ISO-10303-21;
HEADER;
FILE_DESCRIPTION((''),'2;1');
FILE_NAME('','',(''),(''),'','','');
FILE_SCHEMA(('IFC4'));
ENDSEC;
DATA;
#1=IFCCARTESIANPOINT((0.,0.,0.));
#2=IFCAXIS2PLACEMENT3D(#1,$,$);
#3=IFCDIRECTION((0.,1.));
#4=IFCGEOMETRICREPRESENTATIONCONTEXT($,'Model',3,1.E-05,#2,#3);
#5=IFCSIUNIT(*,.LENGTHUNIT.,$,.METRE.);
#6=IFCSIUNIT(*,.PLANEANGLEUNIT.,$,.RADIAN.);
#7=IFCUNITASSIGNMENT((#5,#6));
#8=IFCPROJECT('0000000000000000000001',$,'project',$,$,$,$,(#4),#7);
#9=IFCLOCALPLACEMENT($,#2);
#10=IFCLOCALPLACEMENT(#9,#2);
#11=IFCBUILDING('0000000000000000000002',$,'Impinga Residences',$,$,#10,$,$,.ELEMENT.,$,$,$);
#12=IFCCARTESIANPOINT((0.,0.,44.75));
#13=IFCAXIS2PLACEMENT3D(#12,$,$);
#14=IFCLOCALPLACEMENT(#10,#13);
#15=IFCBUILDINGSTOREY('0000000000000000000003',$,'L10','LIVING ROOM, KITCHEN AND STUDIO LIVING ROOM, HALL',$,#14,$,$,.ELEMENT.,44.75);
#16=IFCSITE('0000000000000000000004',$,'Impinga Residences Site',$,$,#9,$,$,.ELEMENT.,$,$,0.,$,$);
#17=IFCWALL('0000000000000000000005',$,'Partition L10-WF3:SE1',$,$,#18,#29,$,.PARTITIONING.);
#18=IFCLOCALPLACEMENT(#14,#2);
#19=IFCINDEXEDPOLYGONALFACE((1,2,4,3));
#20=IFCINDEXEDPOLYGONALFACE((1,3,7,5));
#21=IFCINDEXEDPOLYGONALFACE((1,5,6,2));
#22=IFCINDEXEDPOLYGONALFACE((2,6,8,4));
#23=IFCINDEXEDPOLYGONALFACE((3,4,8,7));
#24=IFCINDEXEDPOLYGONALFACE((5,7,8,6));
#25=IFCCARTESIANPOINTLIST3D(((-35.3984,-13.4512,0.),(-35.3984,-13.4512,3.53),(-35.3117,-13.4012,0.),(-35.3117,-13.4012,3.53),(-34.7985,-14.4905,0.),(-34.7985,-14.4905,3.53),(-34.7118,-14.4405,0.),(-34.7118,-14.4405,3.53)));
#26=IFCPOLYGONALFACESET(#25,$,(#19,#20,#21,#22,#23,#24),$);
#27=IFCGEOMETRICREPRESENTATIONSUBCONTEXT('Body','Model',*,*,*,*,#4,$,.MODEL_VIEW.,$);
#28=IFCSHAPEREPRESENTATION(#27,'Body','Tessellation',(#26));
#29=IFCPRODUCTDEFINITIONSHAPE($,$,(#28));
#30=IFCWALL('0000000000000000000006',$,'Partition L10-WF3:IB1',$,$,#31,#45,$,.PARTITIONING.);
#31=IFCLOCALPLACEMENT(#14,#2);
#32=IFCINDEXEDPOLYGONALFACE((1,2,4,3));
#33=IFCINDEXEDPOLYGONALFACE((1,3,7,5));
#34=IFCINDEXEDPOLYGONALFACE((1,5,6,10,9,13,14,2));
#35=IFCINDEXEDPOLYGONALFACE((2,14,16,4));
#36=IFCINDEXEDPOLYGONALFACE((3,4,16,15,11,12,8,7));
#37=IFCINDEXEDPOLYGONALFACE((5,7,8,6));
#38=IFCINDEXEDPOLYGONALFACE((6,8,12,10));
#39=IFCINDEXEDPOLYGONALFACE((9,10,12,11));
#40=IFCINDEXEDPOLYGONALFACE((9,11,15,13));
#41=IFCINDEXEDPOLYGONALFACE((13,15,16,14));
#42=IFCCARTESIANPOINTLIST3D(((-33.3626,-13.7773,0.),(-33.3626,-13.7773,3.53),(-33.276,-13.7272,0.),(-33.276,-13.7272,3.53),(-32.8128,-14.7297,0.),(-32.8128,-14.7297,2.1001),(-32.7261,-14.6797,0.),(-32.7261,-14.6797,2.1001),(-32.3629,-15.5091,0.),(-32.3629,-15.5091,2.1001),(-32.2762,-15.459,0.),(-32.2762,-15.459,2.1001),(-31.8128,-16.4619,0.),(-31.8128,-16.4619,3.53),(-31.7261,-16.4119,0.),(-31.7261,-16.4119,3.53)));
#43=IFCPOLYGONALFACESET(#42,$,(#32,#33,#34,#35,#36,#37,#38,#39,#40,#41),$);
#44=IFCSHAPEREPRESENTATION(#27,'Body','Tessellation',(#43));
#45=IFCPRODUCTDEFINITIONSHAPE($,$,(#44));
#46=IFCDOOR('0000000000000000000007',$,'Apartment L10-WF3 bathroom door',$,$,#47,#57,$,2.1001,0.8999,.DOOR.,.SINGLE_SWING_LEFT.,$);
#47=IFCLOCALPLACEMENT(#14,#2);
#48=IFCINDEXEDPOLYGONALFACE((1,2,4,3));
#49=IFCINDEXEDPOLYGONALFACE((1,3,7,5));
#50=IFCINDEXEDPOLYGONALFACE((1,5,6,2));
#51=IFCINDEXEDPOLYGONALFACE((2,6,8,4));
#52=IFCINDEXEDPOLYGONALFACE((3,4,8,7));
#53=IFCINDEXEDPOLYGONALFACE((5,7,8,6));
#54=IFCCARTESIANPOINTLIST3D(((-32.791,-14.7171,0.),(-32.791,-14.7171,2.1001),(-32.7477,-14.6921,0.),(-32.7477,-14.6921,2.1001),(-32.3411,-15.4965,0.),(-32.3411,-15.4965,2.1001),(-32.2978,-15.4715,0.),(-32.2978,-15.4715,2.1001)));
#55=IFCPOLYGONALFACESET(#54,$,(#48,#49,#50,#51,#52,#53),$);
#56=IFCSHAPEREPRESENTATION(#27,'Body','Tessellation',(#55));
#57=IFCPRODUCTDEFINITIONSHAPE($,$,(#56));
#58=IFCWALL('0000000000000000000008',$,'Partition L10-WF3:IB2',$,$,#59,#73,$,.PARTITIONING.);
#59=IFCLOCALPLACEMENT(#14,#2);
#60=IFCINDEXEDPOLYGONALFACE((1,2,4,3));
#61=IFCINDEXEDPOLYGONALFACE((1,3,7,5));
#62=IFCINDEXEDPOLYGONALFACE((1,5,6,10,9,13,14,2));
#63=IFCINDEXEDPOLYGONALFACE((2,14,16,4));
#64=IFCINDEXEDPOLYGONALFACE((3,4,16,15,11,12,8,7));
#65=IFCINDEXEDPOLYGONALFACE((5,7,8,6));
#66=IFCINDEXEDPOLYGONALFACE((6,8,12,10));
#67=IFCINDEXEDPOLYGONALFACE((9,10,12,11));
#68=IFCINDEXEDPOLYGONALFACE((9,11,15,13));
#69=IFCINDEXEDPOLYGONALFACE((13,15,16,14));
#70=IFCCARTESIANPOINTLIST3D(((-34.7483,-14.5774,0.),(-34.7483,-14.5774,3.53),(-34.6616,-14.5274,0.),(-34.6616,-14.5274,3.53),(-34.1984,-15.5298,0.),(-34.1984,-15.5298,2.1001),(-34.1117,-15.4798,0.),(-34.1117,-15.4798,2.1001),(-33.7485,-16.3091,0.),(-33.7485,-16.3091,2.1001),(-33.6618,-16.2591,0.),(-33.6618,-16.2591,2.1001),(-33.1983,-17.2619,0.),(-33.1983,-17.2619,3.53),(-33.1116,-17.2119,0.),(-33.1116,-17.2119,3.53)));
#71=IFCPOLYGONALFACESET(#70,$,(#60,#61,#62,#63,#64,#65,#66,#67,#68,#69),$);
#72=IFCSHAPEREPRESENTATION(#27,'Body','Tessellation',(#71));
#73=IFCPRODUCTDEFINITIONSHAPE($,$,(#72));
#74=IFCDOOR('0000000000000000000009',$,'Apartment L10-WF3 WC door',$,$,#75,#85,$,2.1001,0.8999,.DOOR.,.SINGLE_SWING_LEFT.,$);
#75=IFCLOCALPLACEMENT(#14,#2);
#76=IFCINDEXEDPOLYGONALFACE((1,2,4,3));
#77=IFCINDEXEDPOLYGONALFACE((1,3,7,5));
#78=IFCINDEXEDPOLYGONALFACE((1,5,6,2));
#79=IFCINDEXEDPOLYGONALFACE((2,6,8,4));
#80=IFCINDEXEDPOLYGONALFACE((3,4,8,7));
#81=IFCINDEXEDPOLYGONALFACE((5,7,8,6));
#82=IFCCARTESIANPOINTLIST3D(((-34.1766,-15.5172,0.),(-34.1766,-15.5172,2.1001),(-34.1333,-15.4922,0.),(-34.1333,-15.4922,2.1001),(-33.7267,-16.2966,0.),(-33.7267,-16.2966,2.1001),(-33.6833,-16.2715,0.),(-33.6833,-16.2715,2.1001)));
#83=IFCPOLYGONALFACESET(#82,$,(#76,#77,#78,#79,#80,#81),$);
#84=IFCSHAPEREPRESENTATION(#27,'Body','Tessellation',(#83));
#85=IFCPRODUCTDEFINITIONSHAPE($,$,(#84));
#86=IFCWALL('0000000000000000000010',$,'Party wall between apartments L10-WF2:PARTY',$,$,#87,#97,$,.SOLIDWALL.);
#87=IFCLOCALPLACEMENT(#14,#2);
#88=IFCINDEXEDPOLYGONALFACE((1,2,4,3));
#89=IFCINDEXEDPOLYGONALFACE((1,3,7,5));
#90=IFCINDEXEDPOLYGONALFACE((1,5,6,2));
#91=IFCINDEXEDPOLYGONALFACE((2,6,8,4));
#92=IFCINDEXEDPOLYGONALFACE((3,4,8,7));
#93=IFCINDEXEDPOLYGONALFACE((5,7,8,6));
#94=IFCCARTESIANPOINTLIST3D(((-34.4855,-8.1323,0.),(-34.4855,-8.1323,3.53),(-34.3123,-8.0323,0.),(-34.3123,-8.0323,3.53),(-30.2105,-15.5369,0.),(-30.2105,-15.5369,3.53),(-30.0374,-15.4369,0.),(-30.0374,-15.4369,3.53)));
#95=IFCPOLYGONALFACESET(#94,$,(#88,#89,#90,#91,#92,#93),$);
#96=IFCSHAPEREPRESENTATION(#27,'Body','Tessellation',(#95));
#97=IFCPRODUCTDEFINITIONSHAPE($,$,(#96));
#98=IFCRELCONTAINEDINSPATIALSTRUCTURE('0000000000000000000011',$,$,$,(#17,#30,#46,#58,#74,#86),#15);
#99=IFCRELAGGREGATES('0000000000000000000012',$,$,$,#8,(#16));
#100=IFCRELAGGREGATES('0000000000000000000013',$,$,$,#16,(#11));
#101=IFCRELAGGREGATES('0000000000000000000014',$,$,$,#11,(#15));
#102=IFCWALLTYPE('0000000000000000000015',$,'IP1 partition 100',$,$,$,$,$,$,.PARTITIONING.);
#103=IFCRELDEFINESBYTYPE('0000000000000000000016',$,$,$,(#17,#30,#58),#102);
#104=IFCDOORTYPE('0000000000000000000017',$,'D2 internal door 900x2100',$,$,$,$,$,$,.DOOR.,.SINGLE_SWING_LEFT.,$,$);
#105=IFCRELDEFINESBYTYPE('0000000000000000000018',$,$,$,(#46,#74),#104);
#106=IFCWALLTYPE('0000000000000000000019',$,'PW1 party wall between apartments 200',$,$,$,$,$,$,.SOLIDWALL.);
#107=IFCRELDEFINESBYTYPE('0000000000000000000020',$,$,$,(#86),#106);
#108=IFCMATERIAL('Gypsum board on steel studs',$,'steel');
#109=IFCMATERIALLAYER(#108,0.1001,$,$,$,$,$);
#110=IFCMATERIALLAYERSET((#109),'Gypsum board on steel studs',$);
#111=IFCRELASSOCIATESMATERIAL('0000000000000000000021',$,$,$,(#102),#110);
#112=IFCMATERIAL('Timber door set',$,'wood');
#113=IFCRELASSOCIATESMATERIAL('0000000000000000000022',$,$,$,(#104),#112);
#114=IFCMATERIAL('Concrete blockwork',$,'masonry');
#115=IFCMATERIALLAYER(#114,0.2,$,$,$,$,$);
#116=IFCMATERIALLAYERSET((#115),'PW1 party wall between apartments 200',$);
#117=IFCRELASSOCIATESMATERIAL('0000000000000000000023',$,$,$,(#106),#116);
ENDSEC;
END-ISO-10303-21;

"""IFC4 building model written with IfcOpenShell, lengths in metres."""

from ifc_helpers import new_model, si_unit, direction, frame, frame_2d, origin, place, context, subcontext, project, spatial, rectangle, extrude, material, layer, layer_set, type_object, element, fill, save


model = new_model("IFC4")

# Units and contexts
model_context = context("Model", 3, precision=1e-05, world=origin(), true_north=direction((0.0, 1.0)))
body_context = subcontext(model_context, "Body", "Model", "MODEL_VIEW")
ifc_project = project(units=[si_unit("LENGTHUNIT", "METRE"), si_unit("PLANEANGLEUNIT", "RADIAN")], contexts=[model_context])

# Site, building, storey
site_placement = place(None, origin())
site = spatial("IfcSite", under=ifc_project, at=site_placement, Name="Impinga Residences Site", CompositionType="ELEMENT", RefElevation=0.0)
building_placement = place(site_placement, origin())
building = spatial("IfcBuilding", under=site, at=building_placement, Name="Impinga Residences", CompositionType="ELEMENT")
storey_placement = place(building_placement, frame((0.0, 0.0, 44.75)))
storey = spatial("IfcBuildingStorey", under=building, at=storey_placement, Name="L10", Description="LIVING ROOM, KITCHEN AND STUDIO LIVING ROOM, HALL", CompositionType="ELEMENT", Elevation=44.75)

# Shared definitions
ifc_material_1 = material(Name="Gypsum board on steel studs", Category="steel")
ifc_layer_1 = layer(ifc_material_1, 0.1001)
ifc_layer_set_1 = layer_set([ifc_layer_1], Name="Gypsum board on steel studs")
wall_type_1 = type_object("IfcWallType", Name="IP1 partition 100", PredefinedType="PARTITIONING", material=ifc_layer_set_1)

# Shared definitions
ifc_material_2 = material(Name="Timber door set", Category="wood")
door_type = type_object("IfcDoorType", Name="D2 internal door 900x2100", OperationType="SINGLE_SWING_LEFT", PredefinedType="DOOR", material=ifc_material_2)

# Wall
wall_1_placement = place(storey_placement, frame((-34.7551, -14.4656, 0.0), z_axis=(0.0, 0.0, 1.0), x_axis=(-0.499881, 0.866094, 0.0)))
element("IfcWall", 1, at=wall_1_placement, inside=storey, type_object=wall_type_1, Name="Partition L10-WF3:SE1", PredefinedType="PARTITIONING", context=body_context, shape_type="SweptSolid", body=[
    extrude(rectangle(XDim=1.2, YDim=0.1001, at=frame_2d((0.6001, 0.0))), origin(), (0.0, 0.0, 1.0), 3.53),
])

# Walls, openings, doors
wall_2_placement = place(storey_placement, frame((-31.7695, -16.4368, 0.0), z_axis=(0.0, 0.0, 1.0), x_axis=(-0.499968, 0.866044, 0.0)))
wall_2 = element("IfcWall", 2, at=wall_2_placement, inside=storey, type_object=wall_type_1, Name="Partition L10-WF3:IB1", PredefinedType="PARTITIONING", context=body_context, shape_type="SweptSolid", body=[
    extrude(rectangle(XDim=3.0999, YDim=0.1001, at=frame_2d((1.5498, 0.0))), origin(), (0.0, 0.0, 1.0), 3.53),
])
opening_1_placement = place(wall_2_placement, frame((1.1001, 0.0, 0.0)))
opening_1 = element("IfcOpeningElement", 3, at=opening_1_placement, cuts=wall_2, PredefinedType="OPENING", context=body_context, shape_type="SweptSolid", body=[
    extrude(rectangle(XDim=0.8999, YDim=2.1001, at=frame_2d((0.45, 1.05))), frame((0.0, 0.0601, 0.0), z_axis=(0.0, -1.0, 0.0), x_axis=(1.0, 0.0, 0.0)), (0.0, 0.0, 1.0), 0.1201),
])
door_1_placement = place(opening_1_placement, origin())
door_1 = element("IfcDoor", 4, at=door_1_placement, inside=storey, type_object=door_type, Name="Apartment L10-WF3 bathroom door", OperationType="SINGLE_SWING_LEFT", OverallHeight=2.1001, OverallWidth=0.8999, PredefinedType="DOOR", context=body_context, shape_type="SweptSolid", body=[
    extrude(rectangle(XDim=0.8999, YDim=2.1001, at=frame_2d((0.45, 1.05))), frame((0.0, 0.0249, 0.0), z_axis=(0.0, -1.0, 0.0), x_axis=(1.0, 0.0, 0.0)), (0.0, 0.0, 1.0), 0.05),
])
fill(opening_1, door_1)
wall_3_placement = place(storey_placement, frame((-33.155, -17.2368, 0.0), z_axis=(0.0, 0.0, 1.0), x_axis=(-0.500027, 0.86601, 0.0)))
wall_3 = element("IfcWall", 5, at=wall_3_placement, inside=storey, type_object=wall_type_1, Name="Partition L10-WF3:IB2", PredefinedType="PARTITIONING", context=body_context, shape_type="SweptSolid", body=[
    extrude(rectangle(XDim=3.0999, YDim=0.1001, at=frame_2d((1.5498, 0.0))), origin(), (0.0, 0.0, 1.0), 3.53),
])
opening_2_placement = place(wall_3_placement, frame((1.1001, 0.0, 0.0)))
opening_2 = element("IfcOpeningElement", 6, at=opening_2_placement, cuts=wall_3, PredefinedType="OPENING", context=body_context, shape_type="SweptSolid", body=[
    extrude(rectangle(XDim=0.8999, YDim=2.1001, at=frame_2d((0.45, 1.05))), frame((0.0, 0.0601, 0.0), z_axis=(0.0, -1.0, 0.0), x_axis=(1.0, 0.0, 0.0)), (0.0, 0.0, 1.0), 0.1201),
])
door_2_placement = place(opening_2_placement, origin())
door_2 = element("IfcDoor", 7, at=door_2_placement, inside=storey, type_object=door_type, Name="Apartment L10-WF3 WC door", OperationType="SINGLE_SWING_LEFT", OverallHeight=2.1001, OverallWidth=0.8999, PredefinedType="DOOR", context=body_context, shape_type="SweptSolid", body=[
    extrude(rectangle(XDim=0.8999, YDim=2.1001, at=frame_2d((0.45, 1.05))), frame((0.0, 0.0249, 0.0), z_axis=(0.0, -1.0, 0.0), x_axis=(1.0, 0.0, 0.0)), (0.0, 0.0, 1.0), 0.05),
])
fill(opening_2, door_2)

# Wall
ifc_material_3 = material(Name="Concrete blockwork", Category="masonry")
ifc_layer_2 = layer(ifc_material_3, 0.2)
ifc_layer_set_2 = layer_set([ifc_layer_2], Name="PW1 party wall between apartments 200")
wall_type_2 = type_object("IfcWallType", Name="PW1 party wall between apartments 200", PredefinedType="SOLIDWALL", material=ifc_layer_set_2)
wall_4_placement = place(storey_placement, frame((-30.124, -15.4868, 0.0), z_axis=(0.0, 0.0, 1.0), x_axis=(-0.49999, 0.866031, 0.0)))
element("IfcWall", 8, at=wall_4_placement, inside=storey, type_object=wall_type_2, Name="Party wall between apartments L10-WF2:PARTY", PredefinedType="SOLIDWALL", context=body_context, shape_type="SweptSolid", body=[
    extrude(rectangle(XDim=8.55, YDim=0.2, at=frame_2d((4.2749, 0.0))), origin(), (0.0, 0.0, 1.0), 3.53),
])

save(model, "model.ifc")
